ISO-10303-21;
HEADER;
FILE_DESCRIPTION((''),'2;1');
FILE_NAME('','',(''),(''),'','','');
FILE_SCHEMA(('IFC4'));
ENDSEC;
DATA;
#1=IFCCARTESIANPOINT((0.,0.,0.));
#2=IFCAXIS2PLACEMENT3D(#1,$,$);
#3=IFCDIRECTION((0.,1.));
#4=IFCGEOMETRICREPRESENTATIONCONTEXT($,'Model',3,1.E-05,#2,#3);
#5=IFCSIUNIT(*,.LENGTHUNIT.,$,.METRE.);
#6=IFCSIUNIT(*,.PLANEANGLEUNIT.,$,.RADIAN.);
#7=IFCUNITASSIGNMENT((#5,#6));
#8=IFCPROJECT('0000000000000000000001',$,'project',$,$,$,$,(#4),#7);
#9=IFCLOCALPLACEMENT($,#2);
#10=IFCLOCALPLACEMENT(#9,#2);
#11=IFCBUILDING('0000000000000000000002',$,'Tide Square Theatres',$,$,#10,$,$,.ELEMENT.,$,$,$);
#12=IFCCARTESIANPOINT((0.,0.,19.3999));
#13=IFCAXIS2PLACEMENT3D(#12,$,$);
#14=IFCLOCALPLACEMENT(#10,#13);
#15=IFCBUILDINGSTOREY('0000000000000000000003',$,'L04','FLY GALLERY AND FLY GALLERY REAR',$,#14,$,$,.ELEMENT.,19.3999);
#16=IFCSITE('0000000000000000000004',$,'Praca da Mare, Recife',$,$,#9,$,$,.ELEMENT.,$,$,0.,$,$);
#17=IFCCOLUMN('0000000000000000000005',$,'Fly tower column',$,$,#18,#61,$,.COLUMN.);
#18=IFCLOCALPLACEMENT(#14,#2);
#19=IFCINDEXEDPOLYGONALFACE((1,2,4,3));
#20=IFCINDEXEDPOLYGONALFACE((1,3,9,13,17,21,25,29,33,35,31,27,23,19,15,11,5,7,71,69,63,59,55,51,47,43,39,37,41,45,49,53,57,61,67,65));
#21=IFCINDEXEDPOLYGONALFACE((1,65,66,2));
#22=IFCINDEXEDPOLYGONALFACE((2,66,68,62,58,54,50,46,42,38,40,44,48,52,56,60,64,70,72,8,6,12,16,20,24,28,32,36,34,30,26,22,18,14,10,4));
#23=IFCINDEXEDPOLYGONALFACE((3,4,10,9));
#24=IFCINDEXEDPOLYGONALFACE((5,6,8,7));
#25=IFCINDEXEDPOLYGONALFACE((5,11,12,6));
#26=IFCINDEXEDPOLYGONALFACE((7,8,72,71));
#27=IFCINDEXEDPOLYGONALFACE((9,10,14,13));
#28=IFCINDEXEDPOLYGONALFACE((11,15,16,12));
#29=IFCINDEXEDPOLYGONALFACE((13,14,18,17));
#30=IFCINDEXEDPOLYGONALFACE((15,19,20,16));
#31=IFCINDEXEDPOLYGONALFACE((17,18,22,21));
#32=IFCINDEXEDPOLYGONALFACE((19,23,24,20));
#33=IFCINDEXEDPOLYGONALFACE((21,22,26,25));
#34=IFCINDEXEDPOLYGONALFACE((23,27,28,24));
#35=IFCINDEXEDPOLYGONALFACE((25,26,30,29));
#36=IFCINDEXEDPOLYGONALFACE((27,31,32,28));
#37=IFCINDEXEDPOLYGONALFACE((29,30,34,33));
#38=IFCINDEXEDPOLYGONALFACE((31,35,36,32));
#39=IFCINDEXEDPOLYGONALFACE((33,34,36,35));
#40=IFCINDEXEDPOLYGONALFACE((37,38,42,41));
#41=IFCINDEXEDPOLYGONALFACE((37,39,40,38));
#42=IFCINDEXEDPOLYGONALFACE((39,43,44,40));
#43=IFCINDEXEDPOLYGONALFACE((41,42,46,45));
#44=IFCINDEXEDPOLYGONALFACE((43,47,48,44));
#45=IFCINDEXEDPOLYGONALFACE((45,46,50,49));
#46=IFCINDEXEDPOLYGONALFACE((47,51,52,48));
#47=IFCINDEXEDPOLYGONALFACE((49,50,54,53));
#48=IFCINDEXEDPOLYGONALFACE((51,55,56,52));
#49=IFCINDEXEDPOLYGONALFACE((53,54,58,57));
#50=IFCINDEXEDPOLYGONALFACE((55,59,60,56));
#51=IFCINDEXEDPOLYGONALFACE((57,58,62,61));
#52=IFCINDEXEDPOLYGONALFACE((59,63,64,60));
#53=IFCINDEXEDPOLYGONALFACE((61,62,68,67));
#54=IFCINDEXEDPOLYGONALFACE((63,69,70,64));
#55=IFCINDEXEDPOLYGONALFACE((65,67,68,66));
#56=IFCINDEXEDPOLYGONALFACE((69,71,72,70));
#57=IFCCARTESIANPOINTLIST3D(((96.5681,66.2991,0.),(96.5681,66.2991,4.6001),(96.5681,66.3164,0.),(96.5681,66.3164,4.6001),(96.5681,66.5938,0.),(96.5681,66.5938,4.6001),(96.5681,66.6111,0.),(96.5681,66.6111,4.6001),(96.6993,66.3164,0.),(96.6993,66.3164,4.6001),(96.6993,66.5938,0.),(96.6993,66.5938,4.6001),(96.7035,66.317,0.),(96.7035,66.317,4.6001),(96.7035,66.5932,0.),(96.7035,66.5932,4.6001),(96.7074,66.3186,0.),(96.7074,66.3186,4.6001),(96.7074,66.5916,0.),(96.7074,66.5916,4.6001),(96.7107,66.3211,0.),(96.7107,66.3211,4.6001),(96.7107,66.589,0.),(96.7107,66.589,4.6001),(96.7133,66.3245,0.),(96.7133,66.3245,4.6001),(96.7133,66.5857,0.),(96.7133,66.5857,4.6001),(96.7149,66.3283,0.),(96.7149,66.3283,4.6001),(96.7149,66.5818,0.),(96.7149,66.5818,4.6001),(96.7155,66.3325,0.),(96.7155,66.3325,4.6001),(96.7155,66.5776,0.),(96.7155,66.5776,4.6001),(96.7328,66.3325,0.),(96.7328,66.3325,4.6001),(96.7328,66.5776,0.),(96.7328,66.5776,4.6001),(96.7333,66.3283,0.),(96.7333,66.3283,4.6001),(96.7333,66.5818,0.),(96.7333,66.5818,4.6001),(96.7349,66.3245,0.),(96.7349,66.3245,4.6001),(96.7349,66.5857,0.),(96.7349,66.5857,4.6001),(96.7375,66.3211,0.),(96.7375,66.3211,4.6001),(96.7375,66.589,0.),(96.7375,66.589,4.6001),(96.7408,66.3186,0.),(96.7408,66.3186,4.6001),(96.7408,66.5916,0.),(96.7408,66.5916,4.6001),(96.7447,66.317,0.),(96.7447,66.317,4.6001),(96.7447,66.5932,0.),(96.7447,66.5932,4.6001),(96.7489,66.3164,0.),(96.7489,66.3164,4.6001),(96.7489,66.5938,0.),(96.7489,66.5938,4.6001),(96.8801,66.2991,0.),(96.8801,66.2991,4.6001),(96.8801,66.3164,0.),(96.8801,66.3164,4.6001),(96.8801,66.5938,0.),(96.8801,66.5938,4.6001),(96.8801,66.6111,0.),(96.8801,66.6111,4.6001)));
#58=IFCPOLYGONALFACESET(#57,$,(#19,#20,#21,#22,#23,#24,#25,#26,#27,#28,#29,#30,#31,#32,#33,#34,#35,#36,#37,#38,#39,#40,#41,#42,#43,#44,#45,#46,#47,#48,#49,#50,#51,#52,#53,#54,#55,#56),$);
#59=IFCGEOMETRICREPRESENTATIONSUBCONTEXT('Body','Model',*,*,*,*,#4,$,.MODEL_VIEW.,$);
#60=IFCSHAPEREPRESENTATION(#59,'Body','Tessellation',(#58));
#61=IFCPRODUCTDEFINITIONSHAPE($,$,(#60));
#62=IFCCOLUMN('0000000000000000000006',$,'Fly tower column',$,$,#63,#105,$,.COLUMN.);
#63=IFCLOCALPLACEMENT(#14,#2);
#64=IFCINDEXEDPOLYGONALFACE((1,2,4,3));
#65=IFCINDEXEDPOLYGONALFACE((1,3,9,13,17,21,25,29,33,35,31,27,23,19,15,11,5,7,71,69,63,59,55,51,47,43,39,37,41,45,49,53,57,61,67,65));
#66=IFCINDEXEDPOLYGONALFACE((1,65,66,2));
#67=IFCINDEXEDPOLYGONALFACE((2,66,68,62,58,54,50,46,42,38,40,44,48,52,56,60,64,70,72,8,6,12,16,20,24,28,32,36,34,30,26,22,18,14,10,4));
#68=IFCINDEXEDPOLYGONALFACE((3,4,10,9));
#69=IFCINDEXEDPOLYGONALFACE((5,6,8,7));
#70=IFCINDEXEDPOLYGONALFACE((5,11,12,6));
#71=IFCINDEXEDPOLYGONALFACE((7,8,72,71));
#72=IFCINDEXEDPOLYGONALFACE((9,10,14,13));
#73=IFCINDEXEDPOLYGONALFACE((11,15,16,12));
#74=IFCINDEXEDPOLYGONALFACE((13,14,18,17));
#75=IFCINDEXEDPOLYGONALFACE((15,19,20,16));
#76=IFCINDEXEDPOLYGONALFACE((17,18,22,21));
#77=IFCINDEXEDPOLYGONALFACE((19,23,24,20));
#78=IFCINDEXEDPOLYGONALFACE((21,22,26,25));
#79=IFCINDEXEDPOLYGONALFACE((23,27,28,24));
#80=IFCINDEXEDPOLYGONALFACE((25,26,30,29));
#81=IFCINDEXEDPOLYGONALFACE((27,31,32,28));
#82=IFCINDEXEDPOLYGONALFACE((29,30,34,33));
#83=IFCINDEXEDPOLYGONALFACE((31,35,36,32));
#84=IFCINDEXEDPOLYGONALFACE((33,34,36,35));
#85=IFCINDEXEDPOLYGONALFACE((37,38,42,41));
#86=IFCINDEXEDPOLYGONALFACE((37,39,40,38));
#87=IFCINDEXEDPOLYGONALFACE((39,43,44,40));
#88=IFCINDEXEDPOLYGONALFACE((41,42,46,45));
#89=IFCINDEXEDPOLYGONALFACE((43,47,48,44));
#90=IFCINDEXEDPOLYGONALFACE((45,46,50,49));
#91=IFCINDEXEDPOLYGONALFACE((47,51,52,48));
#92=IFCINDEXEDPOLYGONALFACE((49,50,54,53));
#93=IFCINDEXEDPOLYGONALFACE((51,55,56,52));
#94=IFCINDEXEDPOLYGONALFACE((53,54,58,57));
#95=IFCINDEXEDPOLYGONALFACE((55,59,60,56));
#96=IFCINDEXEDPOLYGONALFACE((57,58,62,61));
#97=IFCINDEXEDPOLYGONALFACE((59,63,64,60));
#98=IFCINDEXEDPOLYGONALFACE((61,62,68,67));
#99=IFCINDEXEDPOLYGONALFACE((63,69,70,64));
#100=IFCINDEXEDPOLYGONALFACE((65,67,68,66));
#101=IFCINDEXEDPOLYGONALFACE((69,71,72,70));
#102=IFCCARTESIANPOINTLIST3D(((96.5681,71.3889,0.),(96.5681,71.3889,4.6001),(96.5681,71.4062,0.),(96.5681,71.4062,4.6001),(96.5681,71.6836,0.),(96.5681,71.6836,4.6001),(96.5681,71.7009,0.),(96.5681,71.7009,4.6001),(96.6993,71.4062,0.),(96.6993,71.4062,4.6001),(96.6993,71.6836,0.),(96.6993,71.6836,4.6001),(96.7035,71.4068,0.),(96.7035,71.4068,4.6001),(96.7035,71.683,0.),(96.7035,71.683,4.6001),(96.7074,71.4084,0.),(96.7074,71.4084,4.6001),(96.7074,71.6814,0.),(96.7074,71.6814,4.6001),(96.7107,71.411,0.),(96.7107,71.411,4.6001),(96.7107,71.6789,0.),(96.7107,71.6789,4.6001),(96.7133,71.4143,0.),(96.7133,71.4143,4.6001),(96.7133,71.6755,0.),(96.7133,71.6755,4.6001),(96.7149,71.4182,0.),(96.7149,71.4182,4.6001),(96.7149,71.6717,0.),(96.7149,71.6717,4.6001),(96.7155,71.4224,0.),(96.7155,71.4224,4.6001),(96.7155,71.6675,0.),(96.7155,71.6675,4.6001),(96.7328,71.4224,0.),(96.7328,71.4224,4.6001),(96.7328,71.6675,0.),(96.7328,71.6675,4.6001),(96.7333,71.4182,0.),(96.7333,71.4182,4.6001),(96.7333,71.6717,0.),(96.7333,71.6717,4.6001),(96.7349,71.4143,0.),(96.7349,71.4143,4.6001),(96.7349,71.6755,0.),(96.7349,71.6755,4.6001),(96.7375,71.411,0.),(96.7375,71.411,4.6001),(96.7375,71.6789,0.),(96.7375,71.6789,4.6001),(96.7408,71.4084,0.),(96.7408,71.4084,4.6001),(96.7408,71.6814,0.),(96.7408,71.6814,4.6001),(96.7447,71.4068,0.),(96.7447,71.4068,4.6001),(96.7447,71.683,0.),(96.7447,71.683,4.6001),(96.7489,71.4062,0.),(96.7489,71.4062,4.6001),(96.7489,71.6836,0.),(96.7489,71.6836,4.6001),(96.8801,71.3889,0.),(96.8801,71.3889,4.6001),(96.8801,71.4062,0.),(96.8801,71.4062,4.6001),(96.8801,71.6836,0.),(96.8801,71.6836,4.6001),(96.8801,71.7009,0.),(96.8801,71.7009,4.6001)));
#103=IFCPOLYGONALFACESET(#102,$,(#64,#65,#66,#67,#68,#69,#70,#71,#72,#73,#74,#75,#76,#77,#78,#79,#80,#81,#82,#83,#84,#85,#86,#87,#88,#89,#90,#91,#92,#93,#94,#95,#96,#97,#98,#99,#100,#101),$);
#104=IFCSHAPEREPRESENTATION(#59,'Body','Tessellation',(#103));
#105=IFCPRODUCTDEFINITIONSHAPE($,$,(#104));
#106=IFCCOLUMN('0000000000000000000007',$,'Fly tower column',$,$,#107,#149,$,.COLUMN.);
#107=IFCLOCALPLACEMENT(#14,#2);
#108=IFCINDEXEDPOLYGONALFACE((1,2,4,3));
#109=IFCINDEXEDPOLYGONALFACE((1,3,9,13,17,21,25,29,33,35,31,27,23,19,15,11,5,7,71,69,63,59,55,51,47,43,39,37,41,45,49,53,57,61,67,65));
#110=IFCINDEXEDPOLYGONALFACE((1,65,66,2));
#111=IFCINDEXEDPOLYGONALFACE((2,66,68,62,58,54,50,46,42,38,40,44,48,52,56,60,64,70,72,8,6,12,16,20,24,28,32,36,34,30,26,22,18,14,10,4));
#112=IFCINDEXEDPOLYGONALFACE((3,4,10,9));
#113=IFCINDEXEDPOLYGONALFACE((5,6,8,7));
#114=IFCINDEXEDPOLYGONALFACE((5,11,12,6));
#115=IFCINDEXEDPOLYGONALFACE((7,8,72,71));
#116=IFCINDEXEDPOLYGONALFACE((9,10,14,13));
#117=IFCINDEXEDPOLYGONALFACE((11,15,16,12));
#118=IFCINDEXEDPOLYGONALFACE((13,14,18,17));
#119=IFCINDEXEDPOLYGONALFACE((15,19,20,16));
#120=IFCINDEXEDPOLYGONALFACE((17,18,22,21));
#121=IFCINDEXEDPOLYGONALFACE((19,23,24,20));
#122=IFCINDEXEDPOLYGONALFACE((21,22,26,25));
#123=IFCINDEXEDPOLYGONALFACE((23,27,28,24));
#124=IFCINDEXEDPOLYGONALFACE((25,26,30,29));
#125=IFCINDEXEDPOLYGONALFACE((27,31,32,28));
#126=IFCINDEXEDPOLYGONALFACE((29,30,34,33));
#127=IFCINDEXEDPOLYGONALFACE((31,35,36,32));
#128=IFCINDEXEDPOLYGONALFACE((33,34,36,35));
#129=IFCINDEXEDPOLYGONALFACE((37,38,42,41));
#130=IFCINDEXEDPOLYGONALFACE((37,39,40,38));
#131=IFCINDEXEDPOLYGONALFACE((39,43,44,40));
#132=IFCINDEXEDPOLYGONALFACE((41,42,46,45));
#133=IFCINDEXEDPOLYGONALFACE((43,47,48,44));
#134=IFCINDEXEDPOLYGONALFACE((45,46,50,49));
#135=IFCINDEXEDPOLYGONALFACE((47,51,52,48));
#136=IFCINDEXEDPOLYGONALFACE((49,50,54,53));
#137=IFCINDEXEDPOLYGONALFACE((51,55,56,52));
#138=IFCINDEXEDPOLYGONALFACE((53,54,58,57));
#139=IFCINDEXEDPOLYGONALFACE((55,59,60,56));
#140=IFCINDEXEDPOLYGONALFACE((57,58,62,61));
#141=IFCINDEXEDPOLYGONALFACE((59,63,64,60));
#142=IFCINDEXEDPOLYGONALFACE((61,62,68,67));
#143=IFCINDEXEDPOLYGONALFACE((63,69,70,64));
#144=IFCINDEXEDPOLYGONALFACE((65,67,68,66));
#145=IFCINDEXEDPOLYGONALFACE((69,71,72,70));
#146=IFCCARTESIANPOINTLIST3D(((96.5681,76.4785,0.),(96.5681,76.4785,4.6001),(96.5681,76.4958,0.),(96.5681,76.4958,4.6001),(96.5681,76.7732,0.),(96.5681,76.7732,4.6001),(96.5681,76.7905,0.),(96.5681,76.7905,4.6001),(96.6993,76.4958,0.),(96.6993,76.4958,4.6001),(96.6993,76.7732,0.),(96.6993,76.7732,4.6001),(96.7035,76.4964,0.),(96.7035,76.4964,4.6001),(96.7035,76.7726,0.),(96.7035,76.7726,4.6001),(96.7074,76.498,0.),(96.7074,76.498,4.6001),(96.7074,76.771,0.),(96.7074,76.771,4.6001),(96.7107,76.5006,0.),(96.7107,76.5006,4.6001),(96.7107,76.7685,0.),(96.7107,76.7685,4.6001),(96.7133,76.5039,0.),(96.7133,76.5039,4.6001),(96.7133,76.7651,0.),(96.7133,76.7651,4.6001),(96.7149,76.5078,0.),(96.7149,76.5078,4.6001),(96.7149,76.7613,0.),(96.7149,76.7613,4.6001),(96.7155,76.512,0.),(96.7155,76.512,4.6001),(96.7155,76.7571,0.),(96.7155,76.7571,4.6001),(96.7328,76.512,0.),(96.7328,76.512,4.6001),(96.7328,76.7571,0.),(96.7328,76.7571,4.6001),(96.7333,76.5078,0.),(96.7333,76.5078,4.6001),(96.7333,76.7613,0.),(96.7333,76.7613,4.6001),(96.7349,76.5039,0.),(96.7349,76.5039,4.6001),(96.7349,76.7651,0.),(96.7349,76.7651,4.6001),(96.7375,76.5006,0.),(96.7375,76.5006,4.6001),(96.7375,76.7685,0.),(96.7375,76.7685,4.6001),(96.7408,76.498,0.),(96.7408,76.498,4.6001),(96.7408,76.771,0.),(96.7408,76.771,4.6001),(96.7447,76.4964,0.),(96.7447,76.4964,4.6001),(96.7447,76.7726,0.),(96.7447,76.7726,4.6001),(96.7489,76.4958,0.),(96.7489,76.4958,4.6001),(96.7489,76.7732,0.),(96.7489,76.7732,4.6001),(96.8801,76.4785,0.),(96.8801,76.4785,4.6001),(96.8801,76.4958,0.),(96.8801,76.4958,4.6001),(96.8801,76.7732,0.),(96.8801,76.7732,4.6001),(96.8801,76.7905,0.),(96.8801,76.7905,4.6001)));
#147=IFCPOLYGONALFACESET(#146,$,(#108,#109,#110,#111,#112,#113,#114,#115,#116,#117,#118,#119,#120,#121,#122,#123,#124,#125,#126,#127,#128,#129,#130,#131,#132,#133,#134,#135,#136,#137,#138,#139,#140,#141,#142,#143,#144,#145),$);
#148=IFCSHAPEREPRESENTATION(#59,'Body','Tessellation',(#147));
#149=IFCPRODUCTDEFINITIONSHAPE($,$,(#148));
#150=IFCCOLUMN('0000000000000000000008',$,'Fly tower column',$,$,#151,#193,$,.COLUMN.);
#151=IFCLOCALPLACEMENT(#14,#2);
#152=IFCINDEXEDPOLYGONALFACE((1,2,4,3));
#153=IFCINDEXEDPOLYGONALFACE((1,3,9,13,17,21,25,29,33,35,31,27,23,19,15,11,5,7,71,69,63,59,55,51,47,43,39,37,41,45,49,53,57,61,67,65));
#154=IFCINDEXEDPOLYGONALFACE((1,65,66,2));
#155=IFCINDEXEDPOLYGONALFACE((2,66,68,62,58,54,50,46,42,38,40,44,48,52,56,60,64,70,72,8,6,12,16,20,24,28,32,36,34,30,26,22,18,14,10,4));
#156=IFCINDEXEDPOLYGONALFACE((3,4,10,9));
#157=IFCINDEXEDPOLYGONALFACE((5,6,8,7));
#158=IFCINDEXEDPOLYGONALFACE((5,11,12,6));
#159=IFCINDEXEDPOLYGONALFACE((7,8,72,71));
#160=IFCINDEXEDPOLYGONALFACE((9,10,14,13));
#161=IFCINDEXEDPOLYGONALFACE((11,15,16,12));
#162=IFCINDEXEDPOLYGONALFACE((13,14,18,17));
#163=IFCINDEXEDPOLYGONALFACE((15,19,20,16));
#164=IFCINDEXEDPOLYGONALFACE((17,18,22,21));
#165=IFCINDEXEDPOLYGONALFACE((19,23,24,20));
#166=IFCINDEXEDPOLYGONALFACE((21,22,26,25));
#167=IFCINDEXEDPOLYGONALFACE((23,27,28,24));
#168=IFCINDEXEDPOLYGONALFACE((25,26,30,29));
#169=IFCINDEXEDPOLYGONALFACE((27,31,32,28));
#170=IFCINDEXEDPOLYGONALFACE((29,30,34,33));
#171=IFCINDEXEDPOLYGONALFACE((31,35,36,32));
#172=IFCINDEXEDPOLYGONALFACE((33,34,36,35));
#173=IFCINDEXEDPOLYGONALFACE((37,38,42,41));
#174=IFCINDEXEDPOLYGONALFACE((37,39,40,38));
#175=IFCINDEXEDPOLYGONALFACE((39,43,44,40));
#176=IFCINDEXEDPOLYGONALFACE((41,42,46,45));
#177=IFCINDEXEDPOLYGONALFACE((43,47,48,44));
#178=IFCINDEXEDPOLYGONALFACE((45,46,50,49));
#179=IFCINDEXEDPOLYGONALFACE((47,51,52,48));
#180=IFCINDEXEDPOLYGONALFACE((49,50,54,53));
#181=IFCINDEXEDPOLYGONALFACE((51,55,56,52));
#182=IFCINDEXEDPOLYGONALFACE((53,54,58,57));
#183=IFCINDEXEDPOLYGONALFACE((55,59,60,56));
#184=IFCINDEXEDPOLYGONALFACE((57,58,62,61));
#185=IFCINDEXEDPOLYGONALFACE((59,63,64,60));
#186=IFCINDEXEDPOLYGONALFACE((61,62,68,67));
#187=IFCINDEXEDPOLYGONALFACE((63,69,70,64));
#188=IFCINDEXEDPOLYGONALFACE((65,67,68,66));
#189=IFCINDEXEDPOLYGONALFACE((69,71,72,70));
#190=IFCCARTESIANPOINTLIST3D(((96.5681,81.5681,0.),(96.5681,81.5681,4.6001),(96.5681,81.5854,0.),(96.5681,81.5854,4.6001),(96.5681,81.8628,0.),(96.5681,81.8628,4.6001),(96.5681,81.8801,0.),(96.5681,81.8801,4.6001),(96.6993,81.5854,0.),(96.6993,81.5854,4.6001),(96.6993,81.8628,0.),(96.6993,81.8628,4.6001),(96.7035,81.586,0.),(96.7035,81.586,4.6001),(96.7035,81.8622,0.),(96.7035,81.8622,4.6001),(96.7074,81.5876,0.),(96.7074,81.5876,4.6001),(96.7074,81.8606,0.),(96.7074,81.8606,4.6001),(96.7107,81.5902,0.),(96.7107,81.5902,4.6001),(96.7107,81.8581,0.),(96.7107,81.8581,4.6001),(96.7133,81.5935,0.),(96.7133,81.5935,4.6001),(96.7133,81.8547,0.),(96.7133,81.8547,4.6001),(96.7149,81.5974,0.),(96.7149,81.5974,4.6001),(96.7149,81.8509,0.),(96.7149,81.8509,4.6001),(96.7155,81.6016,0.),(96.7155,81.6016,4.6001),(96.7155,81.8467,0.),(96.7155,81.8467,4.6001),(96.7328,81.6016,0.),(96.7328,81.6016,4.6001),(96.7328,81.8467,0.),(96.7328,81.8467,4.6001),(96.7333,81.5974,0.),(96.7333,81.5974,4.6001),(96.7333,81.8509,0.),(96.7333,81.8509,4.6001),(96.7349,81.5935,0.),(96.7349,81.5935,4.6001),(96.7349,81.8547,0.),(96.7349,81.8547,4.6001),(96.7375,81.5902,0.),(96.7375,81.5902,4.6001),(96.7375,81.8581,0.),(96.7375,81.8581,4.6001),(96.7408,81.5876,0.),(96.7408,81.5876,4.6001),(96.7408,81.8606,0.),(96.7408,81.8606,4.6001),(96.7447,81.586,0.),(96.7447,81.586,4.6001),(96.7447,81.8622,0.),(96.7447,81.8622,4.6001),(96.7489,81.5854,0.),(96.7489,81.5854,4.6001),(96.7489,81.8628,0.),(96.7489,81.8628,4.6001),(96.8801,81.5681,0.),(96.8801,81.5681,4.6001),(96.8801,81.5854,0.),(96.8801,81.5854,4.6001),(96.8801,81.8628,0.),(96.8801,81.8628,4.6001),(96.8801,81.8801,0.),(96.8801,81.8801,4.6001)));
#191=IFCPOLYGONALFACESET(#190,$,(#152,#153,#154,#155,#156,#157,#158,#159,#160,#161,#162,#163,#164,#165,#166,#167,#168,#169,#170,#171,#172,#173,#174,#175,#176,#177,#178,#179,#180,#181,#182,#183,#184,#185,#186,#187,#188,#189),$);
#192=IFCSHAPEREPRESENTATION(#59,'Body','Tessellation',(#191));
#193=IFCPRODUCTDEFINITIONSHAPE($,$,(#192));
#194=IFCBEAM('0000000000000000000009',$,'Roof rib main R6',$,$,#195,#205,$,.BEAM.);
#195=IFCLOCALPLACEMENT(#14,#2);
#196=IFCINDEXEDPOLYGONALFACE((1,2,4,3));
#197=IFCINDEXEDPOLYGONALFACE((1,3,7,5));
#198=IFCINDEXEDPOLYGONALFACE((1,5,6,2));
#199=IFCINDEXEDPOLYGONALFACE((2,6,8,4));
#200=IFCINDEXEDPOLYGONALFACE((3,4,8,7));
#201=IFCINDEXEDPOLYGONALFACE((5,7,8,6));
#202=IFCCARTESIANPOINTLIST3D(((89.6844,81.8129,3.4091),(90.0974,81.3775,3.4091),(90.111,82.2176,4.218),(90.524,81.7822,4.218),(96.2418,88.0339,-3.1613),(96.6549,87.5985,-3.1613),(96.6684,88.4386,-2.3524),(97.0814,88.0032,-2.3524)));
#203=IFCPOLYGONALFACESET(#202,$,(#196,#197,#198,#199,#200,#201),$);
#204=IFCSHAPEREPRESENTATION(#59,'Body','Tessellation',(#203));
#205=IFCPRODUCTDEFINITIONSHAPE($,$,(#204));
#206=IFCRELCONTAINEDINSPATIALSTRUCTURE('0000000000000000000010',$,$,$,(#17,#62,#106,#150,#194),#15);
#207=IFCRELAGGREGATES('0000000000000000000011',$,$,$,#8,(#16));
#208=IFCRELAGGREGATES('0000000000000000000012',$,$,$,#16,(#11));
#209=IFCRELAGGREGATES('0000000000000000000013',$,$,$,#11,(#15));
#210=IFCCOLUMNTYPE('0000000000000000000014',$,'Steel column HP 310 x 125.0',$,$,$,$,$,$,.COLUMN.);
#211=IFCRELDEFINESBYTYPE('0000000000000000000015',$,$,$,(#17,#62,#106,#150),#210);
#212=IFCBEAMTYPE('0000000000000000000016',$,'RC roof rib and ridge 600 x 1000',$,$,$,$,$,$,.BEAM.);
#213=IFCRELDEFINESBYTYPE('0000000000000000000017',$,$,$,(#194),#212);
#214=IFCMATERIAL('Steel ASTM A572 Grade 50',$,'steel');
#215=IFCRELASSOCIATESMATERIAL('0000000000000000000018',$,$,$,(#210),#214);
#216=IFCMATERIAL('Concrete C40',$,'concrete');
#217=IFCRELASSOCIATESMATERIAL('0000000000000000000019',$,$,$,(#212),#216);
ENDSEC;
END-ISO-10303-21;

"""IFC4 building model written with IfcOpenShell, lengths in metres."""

from ifc_helpers import new_model, si_unit, direction, frame, origin, origin_2d, place, context, subcontext, project, spatial, rectangle, i_section, extrude, material, material_profile, profile_set, type_object, element, save


model = new_model("IFC4")

# Units and contexts
model_context = context("Model", 3, precision=1e-05, world=origin(), true_north=direction((0.0, 1.0)))
body_context = subcontext(model_context, "Body", "Model", "MODEL_VIEW")
ifc_project = project(units=[si_unit("LENGTHUNIT", "METRE"), si_unit("PLANEANGLEUNIT", "RADIAN")], contexts=[model_context])

# Site, building, storey
site_placement = place(None, origin())
site = spatial("IfcSite", under=ifc_project, at=site_placement, Name="Praca da Mare, Recife", CompositionType="ELEMENT", RefElevation=0.0)
building_placement = place(site_placement, origin())
building = spatial("IfcBuilding", under=site, at=building_placement, Name="Tide Square Theatres", CompositionType="ELEMENT")
storey_placement = place(building_placement, frame((0.0, 0.0, 19.3999)))
storey = spatial("IfcBuildingStorey", under=building, at=storey_placement, Name="L04", Description="FLY GALLERY AND FLY GALLERY REAR", CompositionType="ELEMENT", Elevation=19.3999)

# Columns
ifc_material_1 = material(Name="Steel ASTM A572 Grade 50", Category="steel")
ifc_material_profile_1 = material_profile(ifc_material_1, i_section(OverallWidth=0.312, OverallDepth=0.312, WebThickness=0.0173, FlangeThickness=0.0173, FilletRadius=0.0161, at=origin_2d()))
ifc_profile_set_1 = profile_set([ifc_material_profile_1], Name="Steel ASTM A572 Grade 50")
column_type = type_object("IfcColumnType", Name="Steel column HP 310 x 125.0", PredefinedType="COLUMN", material=ifc_profile_set_1)
for number, where, z_axis, x_axis, name in (
    (1, (96.7241, 66.4551, 0.0), (0.0, 0.0, 1.0), (1.0, 0.0, 0.0), "Fly tower column"),
    (2, (96.7241, 71.5449, 0.0), (0.0, 0.0, 1.0), (1.0, 0.0, 0.0), "Fly tower column"),
    (3, (96.7241, 76.6345, 0.0), (0.0, 0.0, 1.0), (1.0, 0.0, 0.0), "Fly tower column"),
    (4, (96.7241, 81.7241, 0.0), (0.0, 0.0, 1.0), (1.0, 0.0, 0.0), "Fly tower column"),
):
    element("IfcColumn", number, at=place(storey_placement, frame(where, z_axis=z_axis, x_axis=x_axis)), inside=storey, type_object=column_type, Name=name, PredefinedType="COLUMN", context=body_context, shape_type="SweptSolid", body=[
        extrude(i_section(OverallWidth=0.312, OverallDepth=0.312, WebThickness=0.0173, FlangeThickness=0.0173, FilletRadius=0.0161, at=origin_2d()), origin(), (0.0, 0.0, 1.0), 4.6001),
    ])

# Beam
ifc_material_2 = material(Name="Concrete C40", Category="concrete")
ifc_material_profile_2 = material_profile(ifc_material_2, rectangle(XDim=0.6001, YDim=1.0, at=origin_2d()))
ifc_profile_set_2 = profile_set([ifc_material_profile_2], Name="Concrete C40")
beam_type_1 = type_object("IfcBeamType", Name="RC roof rib and ridge 600 x 1000", PredefinedType="BEAM", material=ifc_profile_set_2)
beam_1_placement = place(storey_placement, frame((96.6616, 88.0186, -2.7568), z_axis=(-0.586818, -0.556712, 0.587976), x_axis=(0.688252, -0.725472, 0.0)))
element("IfcBeam", 5, at=beam_1_placement, inside=storey, type_object=beam_type_1, Name="Roof rib main R6", PredefinedType="BEAM", context=body_context, shape_type="SweptSolid", body=[
    extrude(rectangle(XDim=0.6001, YDim=1.0, at=origin_2d()), origin(), (0.0, 0.0, 1.0), 11.1746),
])

save(model, "model.ifc")
